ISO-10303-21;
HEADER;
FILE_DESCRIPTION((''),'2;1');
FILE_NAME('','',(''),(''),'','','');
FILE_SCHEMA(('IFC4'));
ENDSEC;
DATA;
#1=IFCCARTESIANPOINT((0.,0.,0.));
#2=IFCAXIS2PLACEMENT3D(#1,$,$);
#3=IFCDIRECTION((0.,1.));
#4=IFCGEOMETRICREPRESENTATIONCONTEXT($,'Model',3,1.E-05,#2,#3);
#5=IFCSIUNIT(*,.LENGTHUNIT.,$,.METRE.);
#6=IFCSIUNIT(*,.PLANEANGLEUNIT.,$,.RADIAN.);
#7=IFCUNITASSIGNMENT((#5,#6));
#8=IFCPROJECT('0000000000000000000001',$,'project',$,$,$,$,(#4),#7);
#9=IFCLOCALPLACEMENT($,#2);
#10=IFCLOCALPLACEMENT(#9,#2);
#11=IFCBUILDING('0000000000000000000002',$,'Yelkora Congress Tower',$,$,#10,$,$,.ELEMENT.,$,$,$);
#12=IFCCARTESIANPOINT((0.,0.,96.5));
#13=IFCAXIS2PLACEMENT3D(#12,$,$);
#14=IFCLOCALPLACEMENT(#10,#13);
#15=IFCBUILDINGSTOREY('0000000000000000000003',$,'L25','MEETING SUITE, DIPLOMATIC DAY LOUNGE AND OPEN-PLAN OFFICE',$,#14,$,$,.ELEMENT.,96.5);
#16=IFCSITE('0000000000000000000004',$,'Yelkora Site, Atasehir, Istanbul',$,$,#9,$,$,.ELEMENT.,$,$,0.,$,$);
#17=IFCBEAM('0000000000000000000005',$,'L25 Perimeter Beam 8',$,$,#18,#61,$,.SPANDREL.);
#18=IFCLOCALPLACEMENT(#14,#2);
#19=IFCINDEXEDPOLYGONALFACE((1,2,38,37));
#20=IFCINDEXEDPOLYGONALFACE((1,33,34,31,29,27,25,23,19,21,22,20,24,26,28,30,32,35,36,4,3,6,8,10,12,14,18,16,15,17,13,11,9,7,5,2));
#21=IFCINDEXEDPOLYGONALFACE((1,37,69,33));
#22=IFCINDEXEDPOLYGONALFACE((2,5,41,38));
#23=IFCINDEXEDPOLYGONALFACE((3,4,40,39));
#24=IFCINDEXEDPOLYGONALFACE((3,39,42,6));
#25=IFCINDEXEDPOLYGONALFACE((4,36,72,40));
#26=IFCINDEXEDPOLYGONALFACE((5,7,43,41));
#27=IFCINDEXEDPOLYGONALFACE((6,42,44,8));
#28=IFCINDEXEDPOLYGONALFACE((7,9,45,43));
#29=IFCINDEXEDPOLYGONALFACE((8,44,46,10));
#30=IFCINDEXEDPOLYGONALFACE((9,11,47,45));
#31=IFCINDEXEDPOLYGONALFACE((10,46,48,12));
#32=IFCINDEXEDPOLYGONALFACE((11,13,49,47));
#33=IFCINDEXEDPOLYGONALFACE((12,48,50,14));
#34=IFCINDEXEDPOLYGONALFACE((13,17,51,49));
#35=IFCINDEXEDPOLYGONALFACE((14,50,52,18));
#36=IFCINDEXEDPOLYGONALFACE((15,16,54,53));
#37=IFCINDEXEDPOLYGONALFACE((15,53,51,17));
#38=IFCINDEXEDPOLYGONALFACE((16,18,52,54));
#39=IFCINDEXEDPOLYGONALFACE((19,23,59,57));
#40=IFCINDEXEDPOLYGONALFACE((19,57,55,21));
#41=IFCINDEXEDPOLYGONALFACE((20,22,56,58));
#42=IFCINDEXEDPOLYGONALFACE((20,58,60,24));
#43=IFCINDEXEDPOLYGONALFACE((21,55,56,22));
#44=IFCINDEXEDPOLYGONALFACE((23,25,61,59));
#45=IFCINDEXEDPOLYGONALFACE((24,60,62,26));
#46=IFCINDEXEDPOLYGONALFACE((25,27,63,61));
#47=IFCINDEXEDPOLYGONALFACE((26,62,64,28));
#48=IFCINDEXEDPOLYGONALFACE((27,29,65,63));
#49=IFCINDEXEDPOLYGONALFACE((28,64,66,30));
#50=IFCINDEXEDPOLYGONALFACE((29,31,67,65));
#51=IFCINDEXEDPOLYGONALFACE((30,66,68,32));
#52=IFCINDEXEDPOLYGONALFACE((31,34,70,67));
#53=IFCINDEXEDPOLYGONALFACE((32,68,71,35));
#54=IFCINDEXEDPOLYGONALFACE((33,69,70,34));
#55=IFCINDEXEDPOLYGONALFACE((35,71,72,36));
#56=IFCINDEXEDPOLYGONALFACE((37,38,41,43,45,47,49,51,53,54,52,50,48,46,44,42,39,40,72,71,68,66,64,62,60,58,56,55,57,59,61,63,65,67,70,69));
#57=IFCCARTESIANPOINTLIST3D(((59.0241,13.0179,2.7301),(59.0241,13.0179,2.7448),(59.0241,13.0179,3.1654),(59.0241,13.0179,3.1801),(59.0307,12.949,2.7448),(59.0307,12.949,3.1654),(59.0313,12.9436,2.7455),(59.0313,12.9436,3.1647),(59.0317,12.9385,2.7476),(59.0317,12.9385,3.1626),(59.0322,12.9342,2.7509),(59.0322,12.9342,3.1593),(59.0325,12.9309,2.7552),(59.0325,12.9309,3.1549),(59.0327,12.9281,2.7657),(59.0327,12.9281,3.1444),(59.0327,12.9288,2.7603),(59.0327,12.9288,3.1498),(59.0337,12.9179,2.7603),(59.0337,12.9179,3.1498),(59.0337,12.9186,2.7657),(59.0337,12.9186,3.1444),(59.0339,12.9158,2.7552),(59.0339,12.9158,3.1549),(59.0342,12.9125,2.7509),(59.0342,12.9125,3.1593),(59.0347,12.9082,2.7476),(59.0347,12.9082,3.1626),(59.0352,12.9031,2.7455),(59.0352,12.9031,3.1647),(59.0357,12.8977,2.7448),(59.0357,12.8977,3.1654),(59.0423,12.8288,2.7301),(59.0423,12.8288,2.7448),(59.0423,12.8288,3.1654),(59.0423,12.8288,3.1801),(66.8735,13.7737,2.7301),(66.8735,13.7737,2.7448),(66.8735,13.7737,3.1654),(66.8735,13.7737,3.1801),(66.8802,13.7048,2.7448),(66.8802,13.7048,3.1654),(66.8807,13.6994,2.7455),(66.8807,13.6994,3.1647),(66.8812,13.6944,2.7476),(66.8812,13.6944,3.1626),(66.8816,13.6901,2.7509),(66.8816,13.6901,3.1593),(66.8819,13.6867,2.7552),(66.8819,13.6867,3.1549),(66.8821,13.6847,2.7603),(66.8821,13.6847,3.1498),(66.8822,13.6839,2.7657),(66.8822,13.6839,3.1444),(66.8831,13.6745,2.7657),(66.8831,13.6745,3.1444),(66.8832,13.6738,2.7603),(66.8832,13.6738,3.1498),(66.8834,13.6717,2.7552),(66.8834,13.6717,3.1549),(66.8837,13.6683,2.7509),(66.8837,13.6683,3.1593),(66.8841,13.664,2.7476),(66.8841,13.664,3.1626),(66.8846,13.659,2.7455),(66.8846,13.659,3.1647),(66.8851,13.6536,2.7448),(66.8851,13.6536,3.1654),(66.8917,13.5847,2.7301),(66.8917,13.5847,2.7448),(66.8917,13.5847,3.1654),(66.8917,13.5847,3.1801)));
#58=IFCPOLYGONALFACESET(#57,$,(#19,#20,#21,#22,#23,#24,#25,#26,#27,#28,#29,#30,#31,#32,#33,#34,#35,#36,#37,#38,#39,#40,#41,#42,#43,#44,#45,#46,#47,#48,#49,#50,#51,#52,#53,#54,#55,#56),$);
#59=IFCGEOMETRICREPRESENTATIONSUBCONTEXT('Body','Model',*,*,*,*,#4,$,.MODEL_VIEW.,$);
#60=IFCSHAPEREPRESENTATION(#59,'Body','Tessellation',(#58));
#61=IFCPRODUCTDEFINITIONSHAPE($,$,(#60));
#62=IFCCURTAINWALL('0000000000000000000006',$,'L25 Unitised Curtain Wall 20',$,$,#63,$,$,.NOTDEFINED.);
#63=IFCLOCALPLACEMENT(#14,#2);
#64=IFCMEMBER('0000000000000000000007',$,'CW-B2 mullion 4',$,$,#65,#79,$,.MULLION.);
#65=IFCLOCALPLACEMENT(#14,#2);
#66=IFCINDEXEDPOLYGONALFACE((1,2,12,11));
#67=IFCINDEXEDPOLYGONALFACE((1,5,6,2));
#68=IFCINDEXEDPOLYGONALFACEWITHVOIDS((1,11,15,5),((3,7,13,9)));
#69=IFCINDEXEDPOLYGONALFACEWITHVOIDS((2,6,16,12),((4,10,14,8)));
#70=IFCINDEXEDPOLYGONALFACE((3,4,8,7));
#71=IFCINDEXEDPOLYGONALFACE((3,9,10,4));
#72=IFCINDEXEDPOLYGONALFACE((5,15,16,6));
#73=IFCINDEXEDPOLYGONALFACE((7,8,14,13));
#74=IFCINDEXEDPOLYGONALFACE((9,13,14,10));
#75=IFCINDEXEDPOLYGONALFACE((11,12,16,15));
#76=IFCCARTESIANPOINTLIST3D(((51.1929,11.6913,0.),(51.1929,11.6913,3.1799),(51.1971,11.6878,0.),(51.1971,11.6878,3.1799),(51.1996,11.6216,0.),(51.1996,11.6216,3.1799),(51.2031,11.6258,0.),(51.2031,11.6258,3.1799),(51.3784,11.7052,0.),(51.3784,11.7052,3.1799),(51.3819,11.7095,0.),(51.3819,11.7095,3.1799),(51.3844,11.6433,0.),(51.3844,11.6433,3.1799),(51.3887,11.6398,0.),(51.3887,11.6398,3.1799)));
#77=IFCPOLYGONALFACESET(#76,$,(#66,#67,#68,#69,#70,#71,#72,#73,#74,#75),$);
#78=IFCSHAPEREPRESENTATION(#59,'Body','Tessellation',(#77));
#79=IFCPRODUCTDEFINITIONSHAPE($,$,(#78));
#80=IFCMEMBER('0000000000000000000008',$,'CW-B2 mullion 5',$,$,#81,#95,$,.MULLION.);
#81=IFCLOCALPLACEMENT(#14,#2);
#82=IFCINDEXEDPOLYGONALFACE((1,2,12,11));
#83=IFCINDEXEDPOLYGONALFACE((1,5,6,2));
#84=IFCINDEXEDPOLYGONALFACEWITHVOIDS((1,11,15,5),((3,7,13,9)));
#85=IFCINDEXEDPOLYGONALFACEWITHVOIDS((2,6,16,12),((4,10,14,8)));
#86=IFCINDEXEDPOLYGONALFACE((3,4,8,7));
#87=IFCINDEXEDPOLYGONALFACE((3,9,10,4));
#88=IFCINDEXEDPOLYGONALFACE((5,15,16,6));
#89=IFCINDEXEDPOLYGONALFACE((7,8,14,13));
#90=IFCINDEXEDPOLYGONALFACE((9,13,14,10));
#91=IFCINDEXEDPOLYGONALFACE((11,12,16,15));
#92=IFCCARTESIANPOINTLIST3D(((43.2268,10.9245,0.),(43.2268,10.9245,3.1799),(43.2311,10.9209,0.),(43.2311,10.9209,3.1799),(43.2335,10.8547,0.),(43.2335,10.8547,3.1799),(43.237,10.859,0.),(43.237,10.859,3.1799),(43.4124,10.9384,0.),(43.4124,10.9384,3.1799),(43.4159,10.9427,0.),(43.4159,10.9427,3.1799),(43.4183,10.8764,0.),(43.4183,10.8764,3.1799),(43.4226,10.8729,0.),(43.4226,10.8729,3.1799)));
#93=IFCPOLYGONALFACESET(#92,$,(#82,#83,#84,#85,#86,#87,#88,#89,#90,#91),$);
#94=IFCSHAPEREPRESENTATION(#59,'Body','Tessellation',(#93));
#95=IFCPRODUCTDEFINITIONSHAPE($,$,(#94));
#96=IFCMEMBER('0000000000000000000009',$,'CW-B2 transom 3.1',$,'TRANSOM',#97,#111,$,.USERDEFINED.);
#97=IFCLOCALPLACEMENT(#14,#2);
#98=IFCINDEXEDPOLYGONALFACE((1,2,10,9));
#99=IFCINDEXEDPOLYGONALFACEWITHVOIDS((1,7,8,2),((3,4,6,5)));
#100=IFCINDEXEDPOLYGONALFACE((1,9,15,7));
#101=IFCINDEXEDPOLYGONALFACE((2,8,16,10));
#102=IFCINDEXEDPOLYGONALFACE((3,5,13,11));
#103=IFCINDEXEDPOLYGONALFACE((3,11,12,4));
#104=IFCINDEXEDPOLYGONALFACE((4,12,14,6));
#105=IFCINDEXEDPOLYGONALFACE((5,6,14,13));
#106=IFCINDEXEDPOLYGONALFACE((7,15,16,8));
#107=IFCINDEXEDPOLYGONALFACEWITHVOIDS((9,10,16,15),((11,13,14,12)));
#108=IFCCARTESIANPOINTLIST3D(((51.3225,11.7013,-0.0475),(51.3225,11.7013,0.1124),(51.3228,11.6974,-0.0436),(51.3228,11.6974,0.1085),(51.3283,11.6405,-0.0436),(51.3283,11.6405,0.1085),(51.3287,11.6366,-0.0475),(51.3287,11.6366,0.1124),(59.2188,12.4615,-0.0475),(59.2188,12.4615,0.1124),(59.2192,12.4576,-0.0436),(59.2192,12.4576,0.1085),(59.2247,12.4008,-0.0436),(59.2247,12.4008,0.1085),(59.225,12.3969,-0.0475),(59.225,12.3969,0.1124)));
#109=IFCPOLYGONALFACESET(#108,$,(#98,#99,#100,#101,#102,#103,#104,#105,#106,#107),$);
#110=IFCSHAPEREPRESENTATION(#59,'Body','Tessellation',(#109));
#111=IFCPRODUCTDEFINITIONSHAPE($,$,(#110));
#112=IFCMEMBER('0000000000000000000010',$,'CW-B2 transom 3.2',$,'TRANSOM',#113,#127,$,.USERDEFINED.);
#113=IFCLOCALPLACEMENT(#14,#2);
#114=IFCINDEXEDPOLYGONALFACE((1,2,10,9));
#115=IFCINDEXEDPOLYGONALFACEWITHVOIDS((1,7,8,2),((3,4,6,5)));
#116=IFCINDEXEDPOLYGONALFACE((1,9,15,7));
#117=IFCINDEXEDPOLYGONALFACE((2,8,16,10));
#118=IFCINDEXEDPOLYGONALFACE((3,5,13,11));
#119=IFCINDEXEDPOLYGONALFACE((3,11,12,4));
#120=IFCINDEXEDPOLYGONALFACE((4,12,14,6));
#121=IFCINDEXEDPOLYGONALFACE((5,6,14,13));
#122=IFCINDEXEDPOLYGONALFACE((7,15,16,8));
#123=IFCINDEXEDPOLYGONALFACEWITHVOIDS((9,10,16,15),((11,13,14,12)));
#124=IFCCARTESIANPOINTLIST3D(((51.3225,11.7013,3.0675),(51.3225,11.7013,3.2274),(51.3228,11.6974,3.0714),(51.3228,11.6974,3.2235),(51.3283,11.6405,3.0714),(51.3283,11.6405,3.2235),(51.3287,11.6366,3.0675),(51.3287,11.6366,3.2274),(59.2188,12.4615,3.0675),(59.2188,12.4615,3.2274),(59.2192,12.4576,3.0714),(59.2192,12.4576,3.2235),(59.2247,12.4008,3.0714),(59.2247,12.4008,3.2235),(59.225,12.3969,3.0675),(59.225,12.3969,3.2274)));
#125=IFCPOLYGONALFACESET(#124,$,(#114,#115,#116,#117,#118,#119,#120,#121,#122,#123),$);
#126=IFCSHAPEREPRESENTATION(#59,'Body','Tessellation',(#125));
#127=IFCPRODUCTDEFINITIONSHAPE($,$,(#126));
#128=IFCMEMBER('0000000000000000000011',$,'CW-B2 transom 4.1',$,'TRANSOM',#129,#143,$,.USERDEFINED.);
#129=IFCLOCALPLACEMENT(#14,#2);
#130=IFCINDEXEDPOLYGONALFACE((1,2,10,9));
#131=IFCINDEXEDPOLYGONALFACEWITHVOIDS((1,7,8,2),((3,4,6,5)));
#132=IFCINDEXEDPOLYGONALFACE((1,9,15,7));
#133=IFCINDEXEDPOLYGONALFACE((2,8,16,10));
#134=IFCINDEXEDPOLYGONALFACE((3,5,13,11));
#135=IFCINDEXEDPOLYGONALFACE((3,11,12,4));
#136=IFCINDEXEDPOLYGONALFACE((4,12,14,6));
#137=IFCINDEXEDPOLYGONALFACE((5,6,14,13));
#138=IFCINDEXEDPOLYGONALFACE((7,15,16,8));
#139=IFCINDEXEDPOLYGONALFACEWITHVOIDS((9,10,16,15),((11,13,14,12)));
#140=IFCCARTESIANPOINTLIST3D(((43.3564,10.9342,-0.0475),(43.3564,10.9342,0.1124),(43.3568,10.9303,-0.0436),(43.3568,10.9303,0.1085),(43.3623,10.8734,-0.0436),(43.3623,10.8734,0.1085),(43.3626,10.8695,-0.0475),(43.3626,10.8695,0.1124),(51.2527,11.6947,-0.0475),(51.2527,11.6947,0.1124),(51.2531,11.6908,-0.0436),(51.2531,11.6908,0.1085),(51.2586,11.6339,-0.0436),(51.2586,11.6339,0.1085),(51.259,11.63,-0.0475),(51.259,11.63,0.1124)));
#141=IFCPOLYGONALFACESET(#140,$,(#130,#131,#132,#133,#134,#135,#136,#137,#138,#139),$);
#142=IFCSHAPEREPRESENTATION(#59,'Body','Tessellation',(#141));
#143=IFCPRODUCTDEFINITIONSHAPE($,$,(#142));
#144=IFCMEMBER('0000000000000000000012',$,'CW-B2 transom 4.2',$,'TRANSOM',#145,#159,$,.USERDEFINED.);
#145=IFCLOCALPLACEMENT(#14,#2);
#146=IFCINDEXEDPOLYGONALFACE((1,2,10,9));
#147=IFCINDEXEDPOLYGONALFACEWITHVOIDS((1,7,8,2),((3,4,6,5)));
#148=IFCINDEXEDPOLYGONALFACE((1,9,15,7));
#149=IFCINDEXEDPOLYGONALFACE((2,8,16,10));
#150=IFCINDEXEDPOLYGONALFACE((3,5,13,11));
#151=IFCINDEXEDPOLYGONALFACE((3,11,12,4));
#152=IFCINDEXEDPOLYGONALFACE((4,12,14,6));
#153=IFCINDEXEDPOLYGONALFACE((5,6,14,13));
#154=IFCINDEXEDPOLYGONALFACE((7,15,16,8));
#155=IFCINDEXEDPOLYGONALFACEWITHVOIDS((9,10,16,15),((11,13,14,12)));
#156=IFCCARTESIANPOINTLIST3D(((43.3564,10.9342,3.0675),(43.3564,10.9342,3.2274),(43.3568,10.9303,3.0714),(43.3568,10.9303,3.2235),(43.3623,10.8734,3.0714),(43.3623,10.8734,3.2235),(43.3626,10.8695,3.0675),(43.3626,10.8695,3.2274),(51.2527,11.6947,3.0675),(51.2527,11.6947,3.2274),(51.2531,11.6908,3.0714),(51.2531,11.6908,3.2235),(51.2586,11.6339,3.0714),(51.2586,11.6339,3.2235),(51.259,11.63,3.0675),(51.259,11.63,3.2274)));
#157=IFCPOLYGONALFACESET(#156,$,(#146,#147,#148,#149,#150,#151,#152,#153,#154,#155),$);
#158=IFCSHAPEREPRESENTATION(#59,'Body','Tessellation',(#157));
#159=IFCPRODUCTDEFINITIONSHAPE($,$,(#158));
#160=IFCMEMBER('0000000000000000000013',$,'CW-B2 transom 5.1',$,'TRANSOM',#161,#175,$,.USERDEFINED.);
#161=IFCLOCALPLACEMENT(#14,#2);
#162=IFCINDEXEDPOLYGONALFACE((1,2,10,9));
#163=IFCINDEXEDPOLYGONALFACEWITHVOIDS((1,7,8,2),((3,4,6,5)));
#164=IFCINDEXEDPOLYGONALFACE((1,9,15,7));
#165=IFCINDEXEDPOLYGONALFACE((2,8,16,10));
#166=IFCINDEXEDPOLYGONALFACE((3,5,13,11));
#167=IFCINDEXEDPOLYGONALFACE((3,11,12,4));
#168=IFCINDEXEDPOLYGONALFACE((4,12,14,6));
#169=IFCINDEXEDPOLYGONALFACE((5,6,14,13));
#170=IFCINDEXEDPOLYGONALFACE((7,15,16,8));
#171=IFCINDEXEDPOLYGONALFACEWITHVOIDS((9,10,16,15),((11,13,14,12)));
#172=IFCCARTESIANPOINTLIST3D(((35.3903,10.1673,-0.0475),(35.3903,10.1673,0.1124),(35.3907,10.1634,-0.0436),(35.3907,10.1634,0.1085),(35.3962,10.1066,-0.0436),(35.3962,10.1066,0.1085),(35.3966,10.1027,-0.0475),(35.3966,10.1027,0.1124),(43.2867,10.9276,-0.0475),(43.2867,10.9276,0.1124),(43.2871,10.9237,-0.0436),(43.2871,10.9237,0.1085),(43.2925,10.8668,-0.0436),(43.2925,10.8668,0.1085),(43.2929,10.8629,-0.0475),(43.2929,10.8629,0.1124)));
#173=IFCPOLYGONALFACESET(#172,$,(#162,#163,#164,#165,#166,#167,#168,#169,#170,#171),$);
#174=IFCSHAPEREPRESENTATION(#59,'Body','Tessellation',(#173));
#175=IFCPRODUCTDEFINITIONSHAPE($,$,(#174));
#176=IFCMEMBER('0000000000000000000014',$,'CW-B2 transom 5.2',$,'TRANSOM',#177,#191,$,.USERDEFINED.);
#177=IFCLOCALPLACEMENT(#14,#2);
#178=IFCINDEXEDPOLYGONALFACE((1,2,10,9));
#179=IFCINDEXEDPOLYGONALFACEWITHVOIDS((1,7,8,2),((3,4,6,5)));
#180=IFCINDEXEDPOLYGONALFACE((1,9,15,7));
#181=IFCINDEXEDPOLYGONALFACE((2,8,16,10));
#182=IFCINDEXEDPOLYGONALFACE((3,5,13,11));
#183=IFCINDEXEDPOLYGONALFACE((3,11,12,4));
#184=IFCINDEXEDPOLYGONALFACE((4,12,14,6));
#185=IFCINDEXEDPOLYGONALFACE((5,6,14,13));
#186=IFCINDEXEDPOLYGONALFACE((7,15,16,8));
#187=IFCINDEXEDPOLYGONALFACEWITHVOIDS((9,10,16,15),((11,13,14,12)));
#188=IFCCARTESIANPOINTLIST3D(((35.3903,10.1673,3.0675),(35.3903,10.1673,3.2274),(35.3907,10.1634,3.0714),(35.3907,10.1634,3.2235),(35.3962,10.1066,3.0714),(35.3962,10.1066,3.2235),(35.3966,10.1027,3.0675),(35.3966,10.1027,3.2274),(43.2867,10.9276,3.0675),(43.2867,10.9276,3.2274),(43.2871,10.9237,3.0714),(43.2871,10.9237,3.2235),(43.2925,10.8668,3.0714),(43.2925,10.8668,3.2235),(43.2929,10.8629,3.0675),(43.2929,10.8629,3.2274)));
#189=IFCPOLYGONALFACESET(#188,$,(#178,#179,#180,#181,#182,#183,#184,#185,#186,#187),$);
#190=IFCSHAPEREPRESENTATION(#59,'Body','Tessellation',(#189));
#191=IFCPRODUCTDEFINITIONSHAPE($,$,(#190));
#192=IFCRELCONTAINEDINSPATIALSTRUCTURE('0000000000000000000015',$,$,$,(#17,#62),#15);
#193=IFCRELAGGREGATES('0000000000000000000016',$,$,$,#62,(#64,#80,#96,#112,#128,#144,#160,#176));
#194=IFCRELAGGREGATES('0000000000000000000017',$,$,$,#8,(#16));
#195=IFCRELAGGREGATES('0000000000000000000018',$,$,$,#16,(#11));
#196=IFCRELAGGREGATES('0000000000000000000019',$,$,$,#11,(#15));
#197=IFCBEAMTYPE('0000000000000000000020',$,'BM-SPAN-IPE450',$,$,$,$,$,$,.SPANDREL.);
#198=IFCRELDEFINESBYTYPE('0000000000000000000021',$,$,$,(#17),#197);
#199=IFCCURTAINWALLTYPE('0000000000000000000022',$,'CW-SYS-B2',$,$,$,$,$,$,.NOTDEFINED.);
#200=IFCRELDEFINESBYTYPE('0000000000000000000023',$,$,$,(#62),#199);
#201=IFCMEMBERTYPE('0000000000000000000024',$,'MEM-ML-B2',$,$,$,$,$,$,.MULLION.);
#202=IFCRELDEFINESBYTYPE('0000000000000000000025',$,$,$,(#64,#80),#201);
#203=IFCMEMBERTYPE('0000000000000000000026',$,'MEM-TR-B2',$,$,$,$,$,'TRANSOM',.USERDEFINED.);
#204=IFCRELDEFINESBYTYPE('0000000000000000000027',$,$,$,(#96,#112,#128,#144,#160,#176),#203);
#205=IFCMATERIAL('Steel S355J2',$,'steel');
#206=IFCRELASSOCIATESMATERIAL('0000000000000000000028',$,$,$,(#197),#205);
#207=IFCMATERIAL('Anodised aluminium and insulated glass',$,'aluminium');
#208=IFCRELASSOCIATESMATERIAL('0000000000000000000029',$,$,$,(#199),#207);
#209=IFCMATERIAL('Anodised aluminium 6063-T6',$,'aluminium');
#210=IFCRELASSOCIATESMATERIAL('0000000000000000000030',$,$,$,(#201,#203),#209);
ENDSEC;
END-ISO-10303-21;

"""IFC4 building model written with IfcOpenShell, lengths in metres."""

from ifc_helpers import new_model, si_unit, direction, frame, origin, origin_2d, place, context, subcontext, project, spatial, hollow_rectangle, i_section, extrude, material, material_profile, profile_set, type_object, element, aggregate, save


model = new_model("IFC4")

# Units and contexts
model_context = context("Model", 3, precision=1e-05, world=origin(), true_north=direction((0.0, 1.0)))
body_context = subcontext(model_context, "Body", "Model", "MODEL_VIEW")
ifc_project = project(units=[si_unit("LENGTHUNIT", "METRE"), si_unit("PLANEANGLEUNIT", "RADIAN")], contexts=[model_context])

# Site, building, storey
site_placement = place(None, origin())
site = spatial("IfcSite", under=ifc_project, at=site_placement, Name="Yelkora Site, Atasehir, Istanbul", CompositionType="ELEMENT", RefElevation=0.0)
building_placement = place(site_placement, origin())
building = spatial("IfcBuilding", under=site, at=building_placement, Name="Yelkora Congress Tower", CompositionType="ELEMENT")
storey_placement = place(building_placement, frame((0.0, 0.0, 96.5)))
storey = spatial("IfcBuildingStorey", under=building, at=storey_placement, Name="L25", Description="MEETING SUITE, DIPLOMATIC DAY LOUNGE AND OPEN-PLAN OFFICE", CompositionType="ELEMENT", Elevation=96.5)

# Beam
ifc_material_1 = material(Name="Steel S355J2", Category="steel")
ifc_material_profile_1 = material_profile(ifc_material_1, i_section(OverallWidth=0.1899, OverallDepth=0.45, WebThickness=0.0095, FlangeThickness=0.0146, FilletRadius=0.021, at=origin_2d()), Name="IPE 450")
ifc_profile_set_1 = profile_set([ifc_material_profile_1], Name="Steel S355J2")
beam_type_1 = type_object("IfcBeamType", Name="BM-SPAN-IPE450", PredefinedType="SPANDREL", material=ifc_profile_set_1)
beam_1_placement = place(storey_placement, frame((59.0332, 12.9233, 2.9551), z_axis=(0.995396, 0.095852, 0.0), x_axis=(-0.095852, 0.995396, 0.0)))
element("IfcBeam", 1, at=beam_1_placement, inside=storey, type_object=beam_type_1, Name="L25 Perimeter Beam 8", PredefinedType="SPANDREL", context=body_context, shape_type="SweptSolid", body=[
    extrude(i_section(OverallWidth=0.1899, OverallDepth=0.45, WebThickness=0.0095, FlangeThickness=0.0146, FilletRadius=0.021, at=origin_2d()), origin(), (0.0, 0.0, 1.0), 7.8857),
])

# Curtain wall, members
ifc_material_2 = material(Name="Anodised aluminium and insulated glass", Category="aluminium")
curtain_wall_type = type_object("IfcCurtainWallType", Name="CW-SYS-B2", PredefinedType="NOTDEFINED", material=ifc_material_2)
curtain_wall_placement = place(storey_placement, origin())
curtain_wall = element("IfcCurtainWall", 2, at=curtain_wall_placement, inside=storey, type_object=curtain_wall_type, Name="L25 Unitised Curtain Wall 20", PredefinedType="NOTDEFINED")
ifc_material_3 = material(Name="Anodised aluminium 6063-T6", Category="aluminium")
ifc_material_profile_2 = material_profile(ifc_material_3, hollow_rectangle(XDim=0.0701, YDim=0.1899, WallThickness=0.0039, at=origin_2d()), Name="ALU 70x190x4")
ifc_profile_set_2 = profile_set([ifc_material_profile_2], Name="Anodised aluminium 6063-T6")
member_type_1 = type_object("IfcMemberType", Name="MEM-ML-B2", PredefinedType="MULLION", material=ifc_profile_set_2)
member_1_placement = place(storey_placement, frame((51.2908, 11.6655, 0.0), z_axis=(0.0, 0.0, 1.0), x_axis=(0.095844, -0.995396, 0.0)))
member_1 = element("IfcMember", 3, at=member_1_placement, type_object=member_type_1, Name="CW-B2 mullion 4", PredefinedType="MULLION", context=body_context, shape_type="SweptSolid", body=[
    extrude(hollow_rectangle(XDim=0.0701, YDim=0.1899, WallThickness=0.0039, at=origin_2d()), origin(), (0.0, 0.0, 1.0), 3.1799),
])
member_2_placement = place(storey_placement, frame((43.3247, 10.8987, 0.0), z_axis=(0.0, 0.0, 1.0), x_axis=(0.095844, -0.995396, 0.0)))
member_2 = element("IfcMember", 4, at=member_2_placement, type_object=member_type_1, Name="CW-B2 mullion 5", PredefinedType="MULLION", context=body_context, shape_type="SweptSolid", body=[
    extrude(hollow_rectangle(XDim=0.0701, YDim=0.1899, WallThickness=0.0039, at=origin_2d()), origin(), (0.0, 0.0, 1.0), 3.1799),
])
ifc_material_profile_3 = material_profile(ifc_material_3, hollow_rectangle(XDim=0.0649, YDim=0.1599, WallThickness=0.0039, at=origin_2d()), Name="ALU 65x160x4")
ifc_profile_set_3 = profile_set([ifc_material_profile_3], Name="Anodised aluminium 6063-T6")
member_type_2 = type_object("IfcMemberType", Name="MEM-TR-B2", ElementType="TRANSOM", PredefinedType="USERDEFINED", material=ifc_profile_set_3)
member_3_placement = place(storey_placement, frame((59.2219, 12.4292, 0.0325), z_axis=(-0.995397, -0.095837, 0.0), x_axis=(0.095837, -0.995397, 0.0)))
member_3 = element("IfcMember", 5, at=member_3_placement, type_object=member_type_2, Name="CW-B2 transom 3.1", ObjectType="TRANSOM", PredefinedType="USERDEFINED", context=body_context, shape_type="SweptSolid", body=[
    extrude(hollow_rectangle(XDim=0.0649, YDim=0.1599, WallThickness=0.0039, at=origin_2d()), origin(), (0.0, 0.0, 1.0), 7.9329),
])
member_4_placement = place(storey_placement, frame((59.2219, 12.4292, 3.1475), z_axis=(-0.995397, -0.095837, 0.0), x_axis=(0.095837, -0.995397, 0.0)))
member_4 = element("IfcMember", 6, at=member_4_placement, type_object=member_type_2, Name="CW-B2 transom 3.2", ObjectType="TRANSOM", PredefinedType="USERDEFINED", context=body_context, shape_type="SweptSolid", body=[
    extrude(hollow_rectangle(XDim=0.0649, YDim=0.1599, WallThickness=0.0039, at=origin_2d()), origin(), (0.0, 0.0, 1.0), 7.9329),
])
member_5_placement = place(storey_placement, frame((51.2559, 11.6624, 0.0325), z_axis=(-0.995394, -0.095868, 0.0), x_axis=(0.095868, -0.995394, 0.0)))
member_5 = element("IfcMember", 7, at=member_5_placement, type_object=member_type_2, Name="CW-B2 transom 4.1", ObjectType="TRANSOM", PredefinedType="USERDEFINED", context=body_context, shape_type="SweptSolid", body=[
    extrude(hollow_rectangle(XDim=0.0649, YDim=0.1599, WallThickness=0.0039, at=origin_2d()), origin(), (0.0, 0.0, 1.0), 7.9329),
])
member_6_placement = place(storey_placement, frame((51.2559, 11.6624, 3.1475), z_axis=(-0.995394, -0.095868, 0.0), x_axis=(0.095868, -0.995394, 0.0)))
member_6 = element("IfcMember", 8, at=member_6_placement, type_object=member_type_2, Name="CW-B2 transom 4.2", ObjectType="TRANSOM", PredefinedType="USERDEFINED", context=body_context, shape_type="SweptSolid", body=[
    extrude(hollow_rectangle(XDim=0.0649, YDim=0.1599, WallThickness=0.0039, at=origin_2d()), origin(), (0.0, 0.0, 1.0), 7.9329),
])
member_7_placement = place(storey_placement, frame((43.2898, 10.8953, 0.0325), z_axis=(-0.995397, -0.095837, 0.0), x_axis=(0.095837, -0.995397, 0.0)))
member_7 = element("IfcMember", 9, at=member_7_placement, type_object=member_type_2, Name="CW-B2 transom 5.1", ObjectType="TRANSOM", PredefinedType="USERDEFINED", context=body_context, shape_type="SweptSolid", body=[
    extrude(hollow_rectangle(XDim=0.0649, YDim=0.1599, WallThickness=0.0039, at=origin_2d()), origin(), (0.0, 0.0, 1.0), 7.9329),
])
member_8_placement = place(storey_placement, frame((43.2898, 10.8953, 3.1475), z_axis=(-0.995397, -0.095837, 0.0), x_axis=(0.095837, -0.995397, 0.0)))
member_8 = element("IfcMember", 10, at=member_8_placement, type_object=member_type_2, Name="CW-B2 transom 5.2", ObjectType="TRANSOM", PredefinedType="USERDEFINED", context=body_context, shape_type="SweptSolid", body=[
    extrude(hollow_rectangle(XDim=0.0649, YDim=0.1599, WallThickness=0.0039, at=origin_2d()), origin(), (0.0, 0.0, 1.0), 7.9329),
])
aggregate(curtain_wall, [member_1, member_2, member_3, member_4, member_5, member_6, member_7, member_8])

save(model, "model.ifc")
